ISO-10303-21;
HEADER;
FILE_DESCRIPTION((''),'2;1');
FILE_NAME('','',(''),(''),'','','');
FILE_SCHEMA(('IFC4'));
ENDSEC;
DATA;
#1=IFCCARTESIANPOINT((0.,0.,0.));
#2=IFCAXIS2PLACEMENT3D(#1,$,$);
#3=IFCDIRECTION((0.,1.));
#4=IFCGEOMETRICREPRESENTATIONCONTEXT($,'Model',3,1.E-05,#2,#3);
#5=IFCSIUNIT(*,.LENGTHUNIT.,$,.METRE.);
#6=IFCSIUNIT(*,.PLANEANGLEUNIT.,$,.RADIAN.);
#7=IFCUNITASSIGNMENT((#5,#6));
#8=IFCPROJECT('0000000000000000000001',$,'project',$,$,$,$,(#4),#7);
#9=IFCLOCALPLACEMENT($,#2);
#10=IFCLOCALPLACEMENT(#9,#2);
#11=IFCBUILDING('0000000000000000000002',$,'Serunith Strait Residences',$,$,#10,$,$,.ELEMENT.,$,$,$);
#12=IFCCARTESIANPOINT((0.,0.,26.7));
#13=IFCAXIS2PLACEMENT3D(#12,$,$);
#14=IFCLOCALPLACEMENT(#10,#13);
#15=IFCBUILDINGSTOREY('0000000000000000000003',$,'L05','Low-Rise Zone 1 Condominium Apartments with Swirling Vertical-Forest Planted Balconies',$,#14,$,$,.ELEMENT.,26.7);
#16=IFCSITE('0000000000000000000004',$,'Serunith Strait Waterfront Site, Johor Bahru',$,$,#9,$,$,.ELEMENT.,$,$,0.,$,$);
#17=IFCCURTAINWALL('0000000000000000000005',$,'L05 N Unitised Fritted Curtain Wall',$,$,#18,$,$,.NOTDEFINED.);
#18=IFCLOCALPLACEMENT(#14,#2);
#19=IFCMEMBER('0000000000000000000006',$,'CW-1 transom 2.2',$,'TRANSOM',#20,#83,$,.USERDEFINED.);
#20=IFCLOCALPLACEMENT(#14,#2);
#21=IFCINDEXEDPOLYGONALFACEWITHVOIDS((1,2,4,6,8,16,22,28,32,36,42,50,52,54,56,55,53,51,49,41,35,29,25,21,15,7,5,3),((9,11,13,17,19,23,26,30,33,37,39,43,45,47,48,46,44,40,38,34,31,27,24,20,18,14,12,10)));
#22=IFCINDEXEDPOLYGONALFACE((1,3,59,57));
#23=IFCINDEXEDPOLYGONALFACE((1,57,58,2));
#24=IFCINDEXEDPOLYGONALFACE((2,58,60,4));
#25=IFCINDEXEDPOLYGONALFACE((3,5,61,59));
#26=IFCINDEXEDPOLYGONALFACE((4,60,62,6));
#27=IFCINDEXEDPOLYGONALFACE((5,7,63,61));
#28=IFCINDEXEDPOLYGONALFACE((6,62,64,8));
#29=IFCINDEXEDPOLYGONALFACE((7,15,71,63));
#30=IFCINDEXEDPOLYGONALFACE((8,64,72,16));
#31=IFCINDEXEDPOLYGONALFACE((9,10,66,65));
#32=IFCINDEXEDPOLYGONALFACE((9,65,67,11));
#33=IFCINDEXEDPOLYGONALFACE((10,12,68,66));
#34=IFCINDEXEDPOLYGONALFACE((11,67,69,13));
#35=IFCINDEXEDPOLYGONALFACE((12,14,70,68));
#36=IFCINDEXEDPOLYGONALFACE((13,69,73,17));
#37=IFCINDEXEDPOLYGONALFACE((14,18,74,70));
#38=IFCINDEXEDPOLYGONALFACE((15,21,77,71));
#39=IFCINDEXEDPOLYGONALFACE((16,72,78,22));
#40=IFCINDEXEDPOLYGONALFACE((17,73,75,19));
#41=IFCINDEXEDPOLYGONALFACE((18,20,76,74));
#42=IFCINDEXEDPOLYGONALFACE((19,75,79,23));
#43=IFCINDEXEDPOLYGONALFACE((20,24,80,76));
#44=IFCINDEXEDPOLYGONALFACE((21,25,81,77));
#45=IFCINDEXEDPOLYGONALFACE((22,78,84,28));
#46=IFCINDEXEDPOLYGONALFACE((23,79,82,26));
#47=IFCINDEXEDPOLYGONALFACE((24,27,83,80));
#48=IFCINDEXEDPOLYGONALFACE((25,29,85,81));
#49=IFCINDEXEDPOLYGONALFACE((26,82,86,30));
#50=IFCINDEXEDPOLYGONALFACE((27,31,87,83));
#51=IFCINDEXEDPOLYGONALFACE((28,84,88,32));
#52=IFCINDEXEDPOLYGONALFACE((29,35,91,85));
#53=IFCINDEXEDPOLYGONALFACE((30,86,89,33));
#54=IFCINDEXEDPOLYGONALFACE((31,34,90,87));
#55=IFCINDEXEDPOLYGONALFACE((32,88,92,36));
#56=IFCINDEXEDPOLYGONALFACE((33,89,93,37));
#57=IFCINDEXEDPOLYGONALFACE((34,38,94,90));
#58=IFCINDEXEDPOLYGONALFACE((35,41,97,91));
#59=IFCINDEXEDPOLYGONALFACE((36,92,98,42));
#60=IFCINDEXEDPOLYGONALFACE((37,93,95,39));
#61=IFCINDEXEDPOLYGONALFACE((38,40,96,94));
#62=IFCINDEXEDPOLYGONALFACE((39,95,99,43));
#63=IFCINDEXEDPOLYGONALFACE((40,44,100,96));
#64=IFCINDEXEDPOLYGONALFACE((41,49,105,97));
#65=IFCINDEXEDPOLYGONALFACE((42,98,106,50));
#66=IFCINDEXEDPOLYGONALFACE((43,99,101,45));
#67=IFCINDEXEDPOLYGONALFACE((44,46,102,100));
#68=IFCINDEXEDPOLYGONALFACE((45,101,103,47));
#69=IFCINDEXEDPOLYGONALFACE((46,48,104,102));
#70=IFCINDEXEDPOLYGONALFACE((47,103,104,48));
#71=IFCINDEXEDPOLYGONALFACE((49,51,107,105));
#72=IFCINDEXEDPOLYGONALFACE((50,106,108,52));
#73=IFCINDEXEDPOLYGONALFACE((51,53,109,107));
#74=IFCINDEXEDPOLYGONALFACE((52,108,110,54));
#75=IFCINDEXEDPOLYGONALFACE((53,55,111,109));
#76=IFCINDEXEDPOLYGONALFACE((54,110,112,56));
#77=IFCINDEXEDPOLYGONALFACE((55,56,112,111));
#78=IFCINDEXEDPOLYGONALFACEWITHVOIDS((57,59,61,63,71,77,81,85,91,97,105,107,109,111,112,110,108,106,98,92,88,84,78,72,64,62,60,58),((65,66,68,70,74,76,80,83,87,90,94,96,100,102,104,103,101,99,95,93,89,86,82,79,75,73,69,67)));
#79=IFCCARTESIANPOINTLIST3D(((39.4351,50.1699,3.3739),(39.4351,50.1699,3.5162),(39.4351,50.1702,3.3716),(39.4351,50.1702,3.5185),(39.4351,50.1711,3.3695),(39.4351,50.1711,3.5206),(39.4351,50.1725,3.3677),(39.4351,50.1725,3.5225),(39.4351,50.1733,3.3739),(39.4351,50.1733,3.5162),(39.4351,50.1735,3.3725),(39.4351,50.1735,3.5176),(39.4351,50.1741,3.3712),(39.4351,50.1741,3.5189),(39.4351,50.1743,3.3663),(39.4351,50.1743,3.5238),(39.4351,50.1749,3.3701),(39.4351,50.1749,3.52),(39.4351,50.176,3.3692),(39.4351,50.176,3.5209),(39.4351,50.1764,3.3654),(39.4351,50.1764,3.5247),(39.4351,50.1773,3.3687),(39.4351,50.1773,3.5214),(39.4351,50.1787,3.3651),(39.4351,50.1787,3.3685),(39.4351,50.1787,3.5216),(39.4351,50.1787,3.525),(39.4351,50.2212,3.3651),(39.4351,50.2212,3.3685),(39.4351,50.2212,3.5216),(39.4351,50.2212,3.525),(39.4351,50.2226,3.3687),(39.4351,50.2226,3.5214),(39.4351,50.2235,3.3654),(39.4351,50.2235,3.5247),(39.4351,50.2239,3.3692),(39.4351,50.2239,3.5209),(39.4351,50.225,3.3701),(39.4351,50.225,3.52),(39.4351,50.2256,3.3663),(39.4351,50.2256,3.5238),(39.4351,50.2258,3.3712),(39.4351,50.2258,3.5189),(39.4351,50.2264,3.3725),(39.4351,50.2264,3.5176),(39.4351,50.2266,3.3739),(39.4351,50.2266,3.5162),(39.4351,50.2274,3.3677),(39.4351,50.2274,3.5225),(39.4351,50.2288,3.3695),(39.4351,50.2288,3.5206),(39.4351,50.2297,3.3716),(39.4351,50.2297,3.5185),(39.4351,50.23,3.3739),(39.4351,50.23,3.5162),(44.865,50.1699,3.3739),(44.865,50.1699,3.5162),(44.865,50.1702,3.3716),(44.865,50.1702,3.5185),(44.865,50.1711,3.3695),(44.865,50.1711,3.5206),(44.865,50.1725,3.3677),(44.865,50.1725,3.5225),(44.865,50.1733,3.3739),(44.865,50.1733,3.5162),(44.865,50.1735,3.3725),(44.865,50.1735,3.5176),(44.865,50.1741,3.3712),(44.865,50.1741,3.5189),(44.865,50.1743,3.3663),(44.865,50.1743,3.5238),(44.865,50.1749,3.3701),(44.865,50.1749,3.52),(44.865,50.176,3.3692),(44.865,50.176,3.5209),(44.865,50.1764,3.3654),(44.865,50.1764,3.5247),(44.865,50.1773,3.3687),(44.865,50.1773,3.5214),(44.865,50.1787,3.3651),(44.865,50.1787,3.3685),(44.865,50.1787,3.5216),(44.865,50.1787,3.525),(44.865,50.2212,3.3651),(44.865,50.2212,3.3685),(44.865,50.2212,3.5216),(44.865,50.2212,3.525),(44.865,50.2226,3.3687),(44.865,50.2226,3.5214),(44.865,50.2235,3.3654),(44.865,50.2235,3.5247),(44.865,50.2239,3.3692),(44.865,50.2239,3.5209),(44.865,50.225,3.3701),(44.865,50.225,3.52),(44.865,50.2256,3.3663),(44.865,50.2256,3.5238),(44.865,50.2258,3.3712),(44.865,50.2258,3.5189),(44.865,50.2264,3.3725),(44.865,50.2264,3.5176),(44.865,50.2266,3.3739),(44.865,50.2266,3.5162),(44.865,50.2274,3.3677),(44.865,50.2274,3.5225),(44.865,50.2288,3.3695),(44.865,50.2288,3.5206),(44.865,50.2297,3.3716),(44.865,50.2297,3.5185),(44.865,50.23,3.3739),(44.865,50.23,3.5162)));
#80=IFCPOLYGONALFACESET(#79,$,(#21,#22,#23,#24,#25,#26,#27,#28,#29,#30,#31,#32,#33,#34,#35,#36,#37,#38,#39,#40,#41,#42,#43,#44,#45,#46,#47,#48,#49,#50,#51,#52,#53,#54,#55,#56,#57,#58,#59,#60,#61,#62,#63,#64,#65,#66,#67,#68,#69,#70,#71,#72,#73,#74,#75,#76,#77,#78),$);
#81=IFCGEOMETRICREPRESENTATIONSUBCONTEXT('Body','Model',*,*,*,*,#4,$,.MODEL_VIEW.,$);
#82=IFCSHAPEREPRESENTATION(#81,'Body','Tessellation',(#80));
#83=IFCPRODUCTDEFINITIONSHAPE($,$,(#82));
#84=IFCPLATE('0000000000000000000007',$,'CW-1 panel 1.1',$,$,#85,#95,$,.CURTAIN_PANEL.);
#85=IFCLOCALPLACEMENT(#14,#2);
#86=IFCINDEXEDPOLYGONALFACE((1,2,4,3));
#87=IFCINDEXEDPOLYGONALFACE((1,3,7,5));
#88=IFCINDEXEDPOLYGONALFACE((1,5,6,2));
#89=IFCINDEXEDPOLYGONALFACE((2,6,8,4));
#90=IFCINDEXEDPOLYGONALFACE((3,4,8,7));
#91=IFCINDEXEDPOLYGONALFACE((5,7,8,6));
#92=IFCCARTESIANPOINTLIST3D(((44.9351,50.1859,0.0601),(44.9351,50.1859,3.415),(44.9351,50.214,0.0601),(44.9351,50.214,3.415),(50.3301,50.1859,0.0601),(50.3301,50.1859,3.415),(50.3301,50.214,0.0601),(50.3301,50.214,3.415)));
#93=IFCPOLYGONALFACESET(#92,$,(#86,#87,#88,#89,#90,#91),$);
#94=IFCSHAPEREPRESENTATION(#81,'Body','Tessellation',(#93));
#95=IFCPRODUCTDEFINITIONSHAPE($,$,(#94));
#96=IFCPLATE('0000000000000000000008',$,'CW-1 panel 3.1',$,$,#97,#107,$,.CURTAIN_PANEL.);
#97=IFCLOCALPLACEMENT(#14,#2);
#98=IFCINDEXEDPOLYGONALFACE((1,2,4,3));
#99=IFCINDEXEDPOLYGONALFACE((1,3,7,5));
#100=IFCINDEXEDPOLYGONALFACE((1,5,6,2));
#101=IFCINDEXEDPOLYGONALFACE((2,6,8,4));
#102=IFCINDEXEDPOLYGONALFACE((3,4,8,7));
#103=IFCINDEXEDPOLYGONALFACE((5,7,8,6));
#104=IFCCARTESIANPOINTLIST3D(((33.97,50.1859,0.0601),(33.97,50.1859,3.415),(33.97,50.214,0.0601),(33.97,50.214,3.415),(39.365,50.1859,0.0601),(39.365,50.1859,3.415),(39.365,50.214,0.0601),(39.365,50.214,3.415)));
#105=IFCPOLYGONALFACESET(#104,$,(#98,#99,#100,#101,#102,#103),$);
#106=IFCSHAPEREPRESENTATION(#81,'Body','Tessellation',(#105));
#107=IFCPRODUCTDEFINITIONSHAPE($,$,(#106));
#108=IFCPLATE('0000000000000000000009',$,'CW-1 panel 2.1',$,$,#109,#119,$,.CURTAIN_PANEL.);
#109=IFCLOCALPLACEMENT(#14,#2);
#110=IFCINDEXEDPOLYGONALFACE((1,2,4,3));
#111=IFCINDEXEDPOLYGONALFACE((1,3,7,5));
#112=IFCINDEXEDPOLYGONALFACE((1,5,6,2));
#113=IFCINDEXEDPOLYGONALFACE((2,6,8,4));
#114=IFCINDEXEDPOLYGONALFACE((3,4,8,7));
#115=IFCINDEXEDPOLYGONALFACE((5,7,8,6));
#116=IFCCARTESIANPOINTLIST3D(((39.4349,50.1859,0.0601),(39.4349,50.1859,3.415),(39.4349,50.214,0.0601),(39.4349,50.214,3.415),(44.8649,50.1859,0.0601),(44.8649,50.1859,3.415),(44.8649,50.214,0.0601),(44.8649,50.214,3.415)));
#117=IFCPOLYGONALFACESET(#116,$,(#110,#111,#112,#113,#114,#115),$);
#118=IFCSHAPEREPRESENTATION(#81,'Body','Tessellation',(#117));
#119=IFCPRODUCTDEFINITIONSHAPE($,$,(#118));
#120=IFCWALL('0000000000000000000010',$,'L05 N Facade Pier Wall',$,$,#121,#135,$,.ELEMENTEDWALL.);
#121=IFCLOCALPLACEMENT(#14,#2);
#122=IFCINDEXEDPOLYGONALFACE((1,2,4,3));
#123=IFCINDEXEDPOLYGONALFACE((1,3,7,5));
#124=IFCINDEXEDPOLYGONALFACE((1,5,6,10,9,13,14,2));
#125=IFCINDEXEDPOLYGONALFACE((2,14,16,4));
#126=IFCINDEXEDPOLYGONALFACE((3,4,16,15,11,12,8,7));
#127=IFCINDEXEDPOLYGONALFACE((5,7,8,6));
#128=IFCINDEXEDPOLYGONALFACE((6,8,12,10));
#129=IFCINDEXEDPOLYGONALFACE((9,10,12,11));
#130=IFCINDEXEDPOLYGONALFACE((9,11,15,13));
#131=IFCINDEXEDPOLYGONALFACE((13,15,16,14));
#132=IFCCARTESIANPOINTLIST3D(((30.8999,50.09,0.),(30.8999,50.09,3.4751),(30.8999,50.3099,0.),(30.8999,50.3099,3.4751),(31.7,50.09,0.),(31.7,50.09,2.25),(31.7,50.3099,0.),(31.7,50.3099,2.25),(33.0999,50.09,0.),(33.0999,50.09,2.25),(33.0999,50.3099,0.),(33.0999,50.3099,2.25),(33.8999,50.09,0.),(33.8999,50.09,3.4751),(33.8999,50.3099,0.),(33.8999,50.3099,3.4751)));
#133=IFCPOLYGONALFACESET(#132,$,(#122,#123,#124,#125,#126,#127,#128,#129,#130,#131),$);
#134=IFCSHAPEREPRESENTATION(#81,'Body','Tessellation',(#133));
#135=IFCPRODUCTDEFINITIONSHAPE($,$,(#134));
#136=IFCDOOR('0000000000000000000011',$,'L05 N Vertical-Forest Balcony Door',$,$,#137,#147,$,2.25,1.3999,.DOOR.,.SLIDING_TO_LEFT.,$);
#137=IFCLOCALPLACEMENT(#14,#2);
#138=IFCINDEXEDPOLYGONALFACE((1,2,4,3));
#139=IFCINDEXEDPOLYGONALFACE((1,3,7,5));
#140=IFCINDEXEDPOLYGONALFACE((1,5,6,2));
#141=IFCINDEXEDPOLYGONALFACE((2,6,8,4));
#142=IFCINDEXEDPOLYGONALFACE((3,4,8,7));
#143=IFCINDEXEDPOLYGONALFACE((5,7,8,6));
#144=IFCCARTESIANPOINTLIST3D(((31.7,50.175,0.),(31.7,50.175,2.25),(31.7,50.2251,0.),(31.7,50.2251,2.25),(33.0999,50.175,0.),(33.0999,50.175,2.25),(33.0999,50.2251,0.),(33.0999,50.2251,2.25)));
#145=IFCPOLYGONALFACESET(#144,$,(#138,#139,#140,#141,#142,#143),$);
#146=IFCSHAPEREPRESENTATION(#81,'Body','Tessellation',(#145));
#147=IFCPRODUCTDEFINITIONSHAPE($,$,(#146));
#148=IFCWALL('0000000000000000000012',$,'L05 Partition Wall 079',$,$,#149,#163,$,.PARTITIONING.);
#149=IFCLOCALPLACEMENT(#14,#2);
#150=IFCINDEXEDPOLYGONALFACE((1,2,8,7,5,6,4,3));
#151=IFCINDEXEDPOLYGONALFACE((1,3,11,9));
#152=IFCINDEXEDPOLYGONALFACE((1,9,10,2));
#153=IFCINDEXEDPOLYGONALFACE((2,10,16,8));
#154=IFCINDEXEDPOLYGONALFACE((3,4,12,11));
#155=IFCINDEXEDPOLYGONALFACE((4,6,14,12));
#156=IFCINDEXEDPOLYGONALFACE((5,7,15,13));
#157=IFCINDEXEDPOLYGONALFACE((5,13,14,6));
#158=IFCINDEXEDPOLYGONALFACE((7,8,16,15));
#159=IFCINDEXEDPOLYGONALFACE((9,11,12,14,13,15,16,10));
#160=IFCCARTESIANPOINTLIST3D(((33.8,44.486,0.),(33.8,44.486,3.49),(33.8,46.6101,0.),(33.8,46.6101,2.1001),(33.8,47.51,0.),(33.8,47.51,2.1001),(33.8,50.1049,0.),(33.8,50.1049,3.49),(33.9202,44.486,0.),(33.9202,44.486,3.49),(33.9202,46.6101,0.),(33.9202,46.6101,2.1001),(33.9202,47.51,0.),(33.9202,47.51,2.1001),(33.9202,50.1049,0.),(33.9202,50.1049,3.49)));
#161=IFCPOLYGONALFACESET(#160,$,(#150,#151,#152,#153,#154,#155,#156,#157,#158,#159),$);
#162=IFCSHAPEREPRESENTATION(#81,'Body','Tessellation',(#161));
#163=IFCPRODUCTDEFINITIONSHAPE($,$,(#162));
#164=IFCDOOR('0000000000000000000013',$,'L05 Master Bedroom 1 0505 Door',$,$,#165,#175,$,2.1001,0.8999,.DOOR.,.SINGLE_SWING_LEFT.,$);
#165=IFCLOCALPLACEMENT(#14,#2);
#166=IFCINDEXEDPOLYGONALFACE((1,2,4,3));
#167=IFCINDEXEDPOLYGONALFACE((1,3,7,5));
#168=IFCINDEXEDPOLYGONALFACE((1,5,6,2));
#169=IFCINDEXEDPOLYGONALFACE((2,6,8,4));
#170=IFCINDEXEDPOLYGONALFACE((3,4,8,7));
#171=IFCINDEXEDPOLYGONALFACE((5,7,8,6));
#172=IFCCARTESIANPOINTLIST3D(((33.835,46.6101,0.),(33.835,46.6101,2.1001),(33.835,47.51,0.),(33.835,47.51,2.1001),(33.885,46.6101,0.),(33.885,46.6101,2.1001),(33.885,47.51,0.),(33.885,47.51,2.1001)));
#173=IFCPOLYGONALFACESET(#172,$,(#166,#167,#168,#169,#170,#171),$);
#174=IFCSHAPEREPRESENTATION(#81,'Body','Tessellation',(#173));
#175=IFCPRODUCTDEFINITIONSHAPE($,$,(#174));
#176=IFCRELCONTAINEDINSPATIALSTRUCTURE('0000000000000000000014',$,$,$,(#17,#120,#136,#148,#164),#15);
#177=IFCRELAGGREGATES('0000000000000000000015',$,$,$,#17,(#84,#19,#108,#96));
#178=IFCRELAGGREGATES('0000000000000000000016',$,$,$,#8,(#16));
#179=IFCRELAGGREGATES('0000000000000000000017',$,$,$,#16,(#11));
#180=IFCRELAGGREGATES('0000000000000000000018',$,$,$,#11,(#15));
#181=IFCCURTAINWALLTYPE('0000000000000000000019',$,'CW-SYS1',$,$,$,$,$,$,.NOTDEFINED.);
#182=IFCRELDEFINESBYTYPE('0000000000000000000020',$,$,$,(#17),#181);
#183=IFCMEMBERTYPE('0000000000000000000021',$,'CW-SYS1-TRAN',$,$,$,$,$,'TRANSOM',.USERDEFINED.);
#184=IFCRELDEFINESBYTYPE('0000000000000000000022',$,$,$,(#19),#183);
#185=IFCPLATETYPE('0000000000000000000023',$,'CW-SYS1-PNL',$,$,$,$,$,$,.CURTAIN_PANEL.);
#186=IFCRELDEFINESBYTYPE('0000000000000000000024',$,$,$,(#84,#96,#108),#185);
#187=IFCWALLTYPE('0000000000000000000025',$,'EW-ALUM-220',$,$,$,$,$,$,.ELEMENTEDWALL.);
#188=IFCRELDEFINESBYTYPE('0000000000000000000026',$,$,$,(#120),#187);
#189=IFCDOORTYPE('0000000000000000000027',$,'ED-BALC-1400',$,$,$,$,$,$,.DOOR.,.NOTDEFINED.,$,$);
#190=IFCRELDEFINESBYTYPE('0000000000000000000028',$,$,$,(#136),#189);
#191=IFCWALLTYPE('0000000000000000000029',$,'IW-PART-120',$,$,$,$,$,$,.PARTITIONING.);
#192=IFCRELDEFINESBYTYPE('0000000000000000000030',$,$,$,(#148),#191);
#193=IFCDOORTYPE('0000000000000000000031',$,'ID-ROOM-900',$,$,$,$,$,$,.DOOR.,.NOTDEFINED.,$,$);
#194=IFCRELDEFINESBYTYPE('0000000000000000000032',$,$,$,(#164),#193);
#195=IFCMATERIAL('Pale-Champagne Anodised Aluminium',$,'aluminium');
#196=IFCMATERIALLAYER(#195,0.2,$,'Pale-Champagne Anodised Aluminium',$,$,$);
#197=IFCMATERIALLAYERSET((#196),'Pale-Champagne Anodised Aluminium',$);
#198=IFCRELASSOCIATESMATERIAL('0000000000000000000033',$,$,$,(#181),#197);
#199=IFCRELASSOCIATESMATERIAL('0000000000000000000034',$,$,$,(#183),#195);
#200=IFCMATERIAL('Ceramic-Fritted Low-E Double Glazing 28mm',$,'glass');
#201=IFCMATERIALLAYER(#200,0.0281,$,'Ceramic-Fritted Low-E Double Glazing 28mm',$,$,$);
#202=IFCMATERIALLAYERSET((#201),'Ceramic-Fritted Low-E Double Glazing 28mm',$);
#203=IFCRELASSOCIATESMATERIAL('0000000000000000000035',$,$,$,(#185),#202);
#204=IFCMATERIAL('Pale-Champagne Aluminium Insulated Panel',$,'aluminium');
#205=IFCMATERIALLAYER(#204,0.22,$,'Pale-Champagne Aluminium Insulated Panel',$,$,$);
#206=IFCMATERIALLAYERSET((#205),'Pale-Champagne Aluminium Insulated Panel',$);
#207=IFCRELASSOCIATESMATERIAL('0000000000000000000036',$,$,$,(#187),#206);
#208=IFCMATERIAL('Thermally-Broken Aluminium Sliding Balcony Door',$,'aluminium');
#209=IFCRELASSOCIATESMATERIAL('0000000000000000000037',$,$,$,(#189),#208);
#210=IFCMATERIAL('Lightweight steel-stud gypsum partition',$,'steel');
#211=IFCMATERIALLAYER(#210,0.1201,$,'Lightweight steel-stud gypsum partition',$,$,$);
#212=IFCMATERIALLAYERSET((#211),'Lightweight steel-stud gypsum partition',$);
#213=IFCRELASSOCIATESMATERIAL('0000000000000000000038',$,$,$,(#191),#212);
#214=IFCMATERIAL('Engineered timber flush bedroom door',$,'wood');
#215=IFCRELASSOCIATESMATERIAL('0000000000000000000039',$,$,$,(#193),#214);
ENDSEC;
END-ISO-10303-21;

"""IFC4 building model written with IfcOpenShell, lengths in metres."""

from ifc_helpers import new_model, si_unit, direction, frame, frame_2d, origin, origin_2d, place, context, subcontext, project, spatial, rectangle, hollow_rectangle, extrude, source, transform, mapped, material, layer, layer_set, material_profile, profile_set, type_object, element, fill, aggregate, save


model = new_model("IFC4")

# Units and contexts
model_context = context("Model", 3, precision=1e-05, world=origin(), true_north=direction((0.0, 1.0)))
body_context = subcontext(model_context, "Body", "Model", "MODEL_VIEW")
ifc_project = project(units=[si_unit("LENGTHUNIT", "METRE"), si_unit("PLANEANGLEUNIT", "RADIAN")], contexts=[model_context])

# Site, building, storey
site_placement = place(None, origin())
site = spatial("IfcSite", under=ifc_project, at=site_placement, Name="Serunith Strait Waterfront Site, Johor Bahru", CompositionType="ELEMENT", RefElevation=0.0)
building_placement = place(site_placement, origin())
building = spatial("IfcBuilding", under=site, at=building_placement, Name="Serunith Strait Residences", CompositionType="ELEMENT")
storey_placement = place(building_placement, frame((0.0, 0.0, 26.7)))
storey = spatial("IfcBuildingStorey", under=building, at=storey_placement, Name="L05", Description="Low-Rise Zone 1 Condominium Apartments with Swirling Vertical-Forest Planted Balconies", CompositionType="ELEMENT", Elevation=26.7)

# Curtain wall, member, plates
ifc_material_1 = material(Name="Pale-Champagne Anodised Aluminium", Category="aluminium")
ifc_layer_1 = layer(ifc_material_1, 0.2, Name="Pale-Champagne Anodised Aluminium")
ifc_layer_set_1 = layer_set([ifc_layer_1], Name="Pale-Champagne Anodised Aluminium")
curtain_wall_type = type_object("IfcCurtainWallType", Name="CW-SYS1", PredefinedType="NOTDEFINED", material=ifc_layer_set_1)
curtain_wall_placement = place(storey_placement, origin())
curtain_wall = element("IfcCurtainWall", 1, at=curtain_wall_placement, inside=storey, type_object=curtain_wall_type, Name="L05 N Unitised Fritted Curtain Wall", PredefinedType="NOTDEFINED")
ifc_material_profile_1 = material_profile(ifc_material_1, hollow_rectangle(XDim=0.0601, YDim=0.1599, WallThickness=0.0034, InnerFilletRadius=0.0054, OuterFilletRadius=0.0088, at=origin_2d()), Name="ALU 160x60x3.5")
ifc_profile_set_1 = profile_set([ifc_material_profile_1], Name="Pale-Champagne Anodised Aluminium")
member_type_1 = type_object("IfcMemberType", Name="CW-SYS1-TRAN", ElementType="TRANSOM", PredefinedType="USERDEFINED", material=ifc_profile_set_1)
shared_shape_1 = source(origin(), body_context, "Body", "SweptSolid", [
    extrude(hollow_rectangle(XDim=0.0601, YDim=0.1599, WallThickness=0.0034, InnerFilletRadius=0.0054, OuterFilletRadius=0.0088, at=origin_2d()), origin(), (0.0, 0.0, 1.0), 5.4299),
])
member_1_placement = place(storey_placement, frame((44.865, 50.2, 3.4451), z_axis=(-1.0, 0.0, 0.0), x_axis=(0.0, -1.0, 0.0)))
member_1 = element("IfcMember", 2, at=member_1_placement, type_object=member_type_1, Name="CW-1 transom 2.2", ObjectType="TRANSOM", PredefinedType="USERDEFINED", context=body_context, shape_type="MappedRepresentation", body=[
    mapped(shared_shape_1, transform((0.0, 0.0, 0.0), scale=1.0)),
])
ifc_material_2 = material(Name="Ceramic-Fritted Low-E Double Glazing 28mm", Category="glass")
ifc_layer_2 = layer(ifc_material_2, 0.0281, Name="Ceramic-Fritted Low-E Double Glazing 28mm")
ifc_layer_set_2 = layer_set([ifc_layer_2], Name="Ceramic-Fritted Low-E Double Glazing 28mm")
plate_type = type_object("IfcPlateType", Name="CW-SYS1-PNL", PredefinedType="CURTAIN_PANEL", material=ifc_layer_set_2)
shared_shape_2 = source(origin(), body_context, "Body", "SweptSolid", [
    extrude(rectangle(XDim=5.395, YDim=0.0281, at=origin_2d()), origin(), (0.0, 0.0, 1.0), 3.355),
])
plate_1_placement = place(storey_placement, frame((47.6326, 50.2, 0.0601), z_axis=(0.0, 0.0, 1.0), x_axis=(-1.0, 0.0, 0.0)))
plate_1 = element("IfcPlate", 3, at=plate_1_placement, type_object=plate_type, Name="CW-1 panel 1.1", PredefinedType="CURTAIN_PANEL", context=body_context, shape_type="MappedRepresentation", body=[
    mapped(shared_shape_2, transform((0.0, 0.0, 0.0), scale=1.0)),
])
plate_2_placement = place(storey_placement, frame((36.6675, 50.2, 0.0601), z_axis=(0.0, 0.0, 1.0), x_axis=(-1.0, 0.0, 0.0)))
plate_2 = element("IfcPlate", 4, at=plate_2_placement, type_object=plate_type, Name="CW-1 panel 3.1", PredefinedType="CURTAIN_PANEL", context=body_context, shape_type="MappedRepresentation", body=[
    mapped(shared_shape_2, transform((0.0, 0.0, 0.0), scale=1.0)),
])
shared_shape_3 = source(origin(), body_context, "Body", "SweptSolid", [
    extrude(rectangle(XDim=5.4299, YDim=0.0281, at=origin_2d()), origin(), (0.0, 0.0, 1.0), 3.355),
])
plate_3_placement = place(storey_placement, frame((42.1499, 50.2, 0.0601), z_axis=(0.0, 0.0, 1.0), x_axis=(-1.0, 0.0, 0.0)))
plate_3 = element("IfcPlate", 5, at=plate_3_placement, type_object=plate_type, Name="CW-1 panel 2.1", PredefinedType="CURTAIN_PANEL", context=body_context, shape_type="MappedRepresentation", body=[
    mapped(shared_shape_3, transform((0.0, 0.0, 0.0), scale=1.0)),
])
aggregate(curtain_wall, [plate_1, member_1, plate_3, plate_2])

# Walls, openings, doors
ifc_material_3 = material(Name="Pale-Champagne Aluminium Insulated Panel", Category="aluminium")
ifc_layer_3 = layer(ifc_material_3, 0.22, Name="Pale-Champagne Aluminium Insulated Panel")
ifc_layer_set_3 = layer_set([ifc_layer_3], Name="Pale-Champagne Aluminium Insulated Panel")
wall_type_1 = type_object("IfcWallType", Name="EW-ALUM-220", PredefinedType="ELEMENTEDWALL", material=ifc_layer_set_3)
wall_1_placement = place(storey_placement, frame((33.8999, 50.2, 0.0), z_axis=(0.0, 0.0, 1.0), x_axis=(-1.0, 0.0, 0.0)))
wall_1 = element("IfcWall", 6, at=wall_1_placement, inside=storey, type_object=wall_type_1, Name="L05 N Facade Pier Wall", PredefinedType="ELEMENTEDWALL", context=body_context, shape_type="SweptSolid", body=[
    extrude(rectangle(XDim=3.0, YDim=0.22, at=frame_2d((1.5, 0.0))), origin(), (0.0, 0.0, 1.0), 3.4751),
])
opening_1_placement = place(wall_1_placement, frame((0.8, 0.0, 0.0)))
opening_1 = element("IfcOpeningElement", 7, at=opening_1_placement, cuts=wall_1, PredefinedType="OPENING", context=body_context, shape_type="SweptSolid", body=[
    extrude(rectangle(XDim=1.3999, YDim=2.25, at=frame_2d((0.7, 1.125))), frame((0.0, 0.1201, 0.0), z_axis=(0.0, -1.0, 0.0), x_axis=(1.0, 0.0, 0.0)), (0.0, 0.0, 1.0), 0.24),
])
ifc_material_4 = material(Name="Thermally-Broken Aluminium Sliding Balcony Door", Category="aluminium")
door_type_1 = type_object("IfcDoorType", Name="ED-BALC-1400", OperationType="NOTDEFINED", PredefinedType="DOOR", material=ifc_material_4)
shared_shape_4 = source(origin(), body_context, "Body", "SweptSolid", [
    extrude(rectangle(XDim=1.3999, YDim=2.25, at=frame_2d((0.7, 1.125))), frame((0.0, 0.0249, 0.0), z_axis=(0.0, -1.0, 0.0), x_axis=(1.0, 0.0, 0.0)), (0.0, 0.0, 1.0), 0.05),
])
door_1_placement = place(opening_1_placement, origin())
door_1 = element("IfcDoor", 8, at=door_1_placement, inside=storey, type_object=door_type_1, Name="L05 N Vertical-Forest Balcony Door", OperationType="SLIDING_TO_LEFT", OverallHeight=2.25, OverallWidth=1.3999, PredefinedType="DOOR", context=body_context, shape_type="MappedRepresentation", body=[
    mapped(shared_shape_4, transform((0.0, 0.0, 0.0), scale=1.0)),
])
fill(opening_1, door_1)
ifc_material_5 = material(Name="Lightweight steel-stud gypsum partition", Category="steel")
ifc_layer_4 = layer(ifc_material_5, 0.1201, Name="Lightweight steel-stud gypsum partition")
ifc_layer_set_4 = layer_set([ifc_layer_4], Name="Lightweight steel-stud gypsum partition")
wall_type_2 = type_object("IfcWallType", Name="IW-PART-120", PredefinedType="PARTITIONING", material=ifc_layer_set_4)
wall_2_placement = place(storey_placement, frame((33.8601, 50.105, 0.0), z_axis=(0.0, 0.0, 1.0), x_axis=(0.0, -1.0, 0.0)))
wall_2 = element("IfcWall", 9, at=wall_2_placement, inside=storey, type_object=wall_type_2, Name="L05 Partition Wall 079", PredefinedType="PARTITIONING", context=body_context, shape_type="SweptSolid", body=[
    extrude(rectangle(XDim=5.6189, YDim=0.1201, at=frame_2d((2.8096, 0.0))), origin(), (0.0, 0.0, 1.0), 3.49),
])
opening_2_placement = place(wall_2_placement, frame((2.595, 0.0, 0.0)))
opening_2 = element("IfcOpeningElement", 10, at=opening_2_placement, cuts=wall_2, PredefinedType="OPENING", context=body_context, shape_type="SweptSolid", body=[
    extrude(rectangle(XDim=0.8999, YDim=2.1001, at=frame_2d((0.45, 1.05))), frame((0.0, 0.0701, 0.0), z_axis=(0.0, -1.0, 0.0), x_axis=(1.0, 0.0, 0.0)), (0.0, 0.0, 1.0), 0.1401),
])
ifc_material_6 = material(Name="Engineered timber flush bedroom door", Category="wood")
door_type_2 = type_object("IfcDoorType", Name="ID-ROOM-900", OperationType="NOTDEFINED", PredefinedType="DOOR", material=ifc_material_6)
shared_shape_5 = source(origin(), body_context, "Body", "SweptSolid", [
    extrude(rectangle(XDim=0.8999, YDim=2.1001, at=frame_2d((0.45, 1.05))), frame((0.0, 0.0249, 0.0), z_axis=(0.0, -1.0, 0.0), x_axis=(1.0, 0.0, 0.0)), (0.0, 0.0, 1.0), 0.05),
])
door_2_placement = place(opening_2_placement, origin())
door_2 = element("IfcDoor", 11, at=door_2_placement, inside=storey, type_object=door_type_2, Name="L05 Master Bedroom 1 0505 Door", OperationType="SINGLE_SWING_LEFT", OverallHeight=2.1001, OverallWidth=0.8999, PredefinedType="DOOR", context=body_context, shape_type="MappedRepresentation", body=[
    mapped(shared_shape_5, transform((0.0, 0.0, 0.0), scale=1.0)),
])
fill(opening_2, door_2)

save(model, "model.ifc")
